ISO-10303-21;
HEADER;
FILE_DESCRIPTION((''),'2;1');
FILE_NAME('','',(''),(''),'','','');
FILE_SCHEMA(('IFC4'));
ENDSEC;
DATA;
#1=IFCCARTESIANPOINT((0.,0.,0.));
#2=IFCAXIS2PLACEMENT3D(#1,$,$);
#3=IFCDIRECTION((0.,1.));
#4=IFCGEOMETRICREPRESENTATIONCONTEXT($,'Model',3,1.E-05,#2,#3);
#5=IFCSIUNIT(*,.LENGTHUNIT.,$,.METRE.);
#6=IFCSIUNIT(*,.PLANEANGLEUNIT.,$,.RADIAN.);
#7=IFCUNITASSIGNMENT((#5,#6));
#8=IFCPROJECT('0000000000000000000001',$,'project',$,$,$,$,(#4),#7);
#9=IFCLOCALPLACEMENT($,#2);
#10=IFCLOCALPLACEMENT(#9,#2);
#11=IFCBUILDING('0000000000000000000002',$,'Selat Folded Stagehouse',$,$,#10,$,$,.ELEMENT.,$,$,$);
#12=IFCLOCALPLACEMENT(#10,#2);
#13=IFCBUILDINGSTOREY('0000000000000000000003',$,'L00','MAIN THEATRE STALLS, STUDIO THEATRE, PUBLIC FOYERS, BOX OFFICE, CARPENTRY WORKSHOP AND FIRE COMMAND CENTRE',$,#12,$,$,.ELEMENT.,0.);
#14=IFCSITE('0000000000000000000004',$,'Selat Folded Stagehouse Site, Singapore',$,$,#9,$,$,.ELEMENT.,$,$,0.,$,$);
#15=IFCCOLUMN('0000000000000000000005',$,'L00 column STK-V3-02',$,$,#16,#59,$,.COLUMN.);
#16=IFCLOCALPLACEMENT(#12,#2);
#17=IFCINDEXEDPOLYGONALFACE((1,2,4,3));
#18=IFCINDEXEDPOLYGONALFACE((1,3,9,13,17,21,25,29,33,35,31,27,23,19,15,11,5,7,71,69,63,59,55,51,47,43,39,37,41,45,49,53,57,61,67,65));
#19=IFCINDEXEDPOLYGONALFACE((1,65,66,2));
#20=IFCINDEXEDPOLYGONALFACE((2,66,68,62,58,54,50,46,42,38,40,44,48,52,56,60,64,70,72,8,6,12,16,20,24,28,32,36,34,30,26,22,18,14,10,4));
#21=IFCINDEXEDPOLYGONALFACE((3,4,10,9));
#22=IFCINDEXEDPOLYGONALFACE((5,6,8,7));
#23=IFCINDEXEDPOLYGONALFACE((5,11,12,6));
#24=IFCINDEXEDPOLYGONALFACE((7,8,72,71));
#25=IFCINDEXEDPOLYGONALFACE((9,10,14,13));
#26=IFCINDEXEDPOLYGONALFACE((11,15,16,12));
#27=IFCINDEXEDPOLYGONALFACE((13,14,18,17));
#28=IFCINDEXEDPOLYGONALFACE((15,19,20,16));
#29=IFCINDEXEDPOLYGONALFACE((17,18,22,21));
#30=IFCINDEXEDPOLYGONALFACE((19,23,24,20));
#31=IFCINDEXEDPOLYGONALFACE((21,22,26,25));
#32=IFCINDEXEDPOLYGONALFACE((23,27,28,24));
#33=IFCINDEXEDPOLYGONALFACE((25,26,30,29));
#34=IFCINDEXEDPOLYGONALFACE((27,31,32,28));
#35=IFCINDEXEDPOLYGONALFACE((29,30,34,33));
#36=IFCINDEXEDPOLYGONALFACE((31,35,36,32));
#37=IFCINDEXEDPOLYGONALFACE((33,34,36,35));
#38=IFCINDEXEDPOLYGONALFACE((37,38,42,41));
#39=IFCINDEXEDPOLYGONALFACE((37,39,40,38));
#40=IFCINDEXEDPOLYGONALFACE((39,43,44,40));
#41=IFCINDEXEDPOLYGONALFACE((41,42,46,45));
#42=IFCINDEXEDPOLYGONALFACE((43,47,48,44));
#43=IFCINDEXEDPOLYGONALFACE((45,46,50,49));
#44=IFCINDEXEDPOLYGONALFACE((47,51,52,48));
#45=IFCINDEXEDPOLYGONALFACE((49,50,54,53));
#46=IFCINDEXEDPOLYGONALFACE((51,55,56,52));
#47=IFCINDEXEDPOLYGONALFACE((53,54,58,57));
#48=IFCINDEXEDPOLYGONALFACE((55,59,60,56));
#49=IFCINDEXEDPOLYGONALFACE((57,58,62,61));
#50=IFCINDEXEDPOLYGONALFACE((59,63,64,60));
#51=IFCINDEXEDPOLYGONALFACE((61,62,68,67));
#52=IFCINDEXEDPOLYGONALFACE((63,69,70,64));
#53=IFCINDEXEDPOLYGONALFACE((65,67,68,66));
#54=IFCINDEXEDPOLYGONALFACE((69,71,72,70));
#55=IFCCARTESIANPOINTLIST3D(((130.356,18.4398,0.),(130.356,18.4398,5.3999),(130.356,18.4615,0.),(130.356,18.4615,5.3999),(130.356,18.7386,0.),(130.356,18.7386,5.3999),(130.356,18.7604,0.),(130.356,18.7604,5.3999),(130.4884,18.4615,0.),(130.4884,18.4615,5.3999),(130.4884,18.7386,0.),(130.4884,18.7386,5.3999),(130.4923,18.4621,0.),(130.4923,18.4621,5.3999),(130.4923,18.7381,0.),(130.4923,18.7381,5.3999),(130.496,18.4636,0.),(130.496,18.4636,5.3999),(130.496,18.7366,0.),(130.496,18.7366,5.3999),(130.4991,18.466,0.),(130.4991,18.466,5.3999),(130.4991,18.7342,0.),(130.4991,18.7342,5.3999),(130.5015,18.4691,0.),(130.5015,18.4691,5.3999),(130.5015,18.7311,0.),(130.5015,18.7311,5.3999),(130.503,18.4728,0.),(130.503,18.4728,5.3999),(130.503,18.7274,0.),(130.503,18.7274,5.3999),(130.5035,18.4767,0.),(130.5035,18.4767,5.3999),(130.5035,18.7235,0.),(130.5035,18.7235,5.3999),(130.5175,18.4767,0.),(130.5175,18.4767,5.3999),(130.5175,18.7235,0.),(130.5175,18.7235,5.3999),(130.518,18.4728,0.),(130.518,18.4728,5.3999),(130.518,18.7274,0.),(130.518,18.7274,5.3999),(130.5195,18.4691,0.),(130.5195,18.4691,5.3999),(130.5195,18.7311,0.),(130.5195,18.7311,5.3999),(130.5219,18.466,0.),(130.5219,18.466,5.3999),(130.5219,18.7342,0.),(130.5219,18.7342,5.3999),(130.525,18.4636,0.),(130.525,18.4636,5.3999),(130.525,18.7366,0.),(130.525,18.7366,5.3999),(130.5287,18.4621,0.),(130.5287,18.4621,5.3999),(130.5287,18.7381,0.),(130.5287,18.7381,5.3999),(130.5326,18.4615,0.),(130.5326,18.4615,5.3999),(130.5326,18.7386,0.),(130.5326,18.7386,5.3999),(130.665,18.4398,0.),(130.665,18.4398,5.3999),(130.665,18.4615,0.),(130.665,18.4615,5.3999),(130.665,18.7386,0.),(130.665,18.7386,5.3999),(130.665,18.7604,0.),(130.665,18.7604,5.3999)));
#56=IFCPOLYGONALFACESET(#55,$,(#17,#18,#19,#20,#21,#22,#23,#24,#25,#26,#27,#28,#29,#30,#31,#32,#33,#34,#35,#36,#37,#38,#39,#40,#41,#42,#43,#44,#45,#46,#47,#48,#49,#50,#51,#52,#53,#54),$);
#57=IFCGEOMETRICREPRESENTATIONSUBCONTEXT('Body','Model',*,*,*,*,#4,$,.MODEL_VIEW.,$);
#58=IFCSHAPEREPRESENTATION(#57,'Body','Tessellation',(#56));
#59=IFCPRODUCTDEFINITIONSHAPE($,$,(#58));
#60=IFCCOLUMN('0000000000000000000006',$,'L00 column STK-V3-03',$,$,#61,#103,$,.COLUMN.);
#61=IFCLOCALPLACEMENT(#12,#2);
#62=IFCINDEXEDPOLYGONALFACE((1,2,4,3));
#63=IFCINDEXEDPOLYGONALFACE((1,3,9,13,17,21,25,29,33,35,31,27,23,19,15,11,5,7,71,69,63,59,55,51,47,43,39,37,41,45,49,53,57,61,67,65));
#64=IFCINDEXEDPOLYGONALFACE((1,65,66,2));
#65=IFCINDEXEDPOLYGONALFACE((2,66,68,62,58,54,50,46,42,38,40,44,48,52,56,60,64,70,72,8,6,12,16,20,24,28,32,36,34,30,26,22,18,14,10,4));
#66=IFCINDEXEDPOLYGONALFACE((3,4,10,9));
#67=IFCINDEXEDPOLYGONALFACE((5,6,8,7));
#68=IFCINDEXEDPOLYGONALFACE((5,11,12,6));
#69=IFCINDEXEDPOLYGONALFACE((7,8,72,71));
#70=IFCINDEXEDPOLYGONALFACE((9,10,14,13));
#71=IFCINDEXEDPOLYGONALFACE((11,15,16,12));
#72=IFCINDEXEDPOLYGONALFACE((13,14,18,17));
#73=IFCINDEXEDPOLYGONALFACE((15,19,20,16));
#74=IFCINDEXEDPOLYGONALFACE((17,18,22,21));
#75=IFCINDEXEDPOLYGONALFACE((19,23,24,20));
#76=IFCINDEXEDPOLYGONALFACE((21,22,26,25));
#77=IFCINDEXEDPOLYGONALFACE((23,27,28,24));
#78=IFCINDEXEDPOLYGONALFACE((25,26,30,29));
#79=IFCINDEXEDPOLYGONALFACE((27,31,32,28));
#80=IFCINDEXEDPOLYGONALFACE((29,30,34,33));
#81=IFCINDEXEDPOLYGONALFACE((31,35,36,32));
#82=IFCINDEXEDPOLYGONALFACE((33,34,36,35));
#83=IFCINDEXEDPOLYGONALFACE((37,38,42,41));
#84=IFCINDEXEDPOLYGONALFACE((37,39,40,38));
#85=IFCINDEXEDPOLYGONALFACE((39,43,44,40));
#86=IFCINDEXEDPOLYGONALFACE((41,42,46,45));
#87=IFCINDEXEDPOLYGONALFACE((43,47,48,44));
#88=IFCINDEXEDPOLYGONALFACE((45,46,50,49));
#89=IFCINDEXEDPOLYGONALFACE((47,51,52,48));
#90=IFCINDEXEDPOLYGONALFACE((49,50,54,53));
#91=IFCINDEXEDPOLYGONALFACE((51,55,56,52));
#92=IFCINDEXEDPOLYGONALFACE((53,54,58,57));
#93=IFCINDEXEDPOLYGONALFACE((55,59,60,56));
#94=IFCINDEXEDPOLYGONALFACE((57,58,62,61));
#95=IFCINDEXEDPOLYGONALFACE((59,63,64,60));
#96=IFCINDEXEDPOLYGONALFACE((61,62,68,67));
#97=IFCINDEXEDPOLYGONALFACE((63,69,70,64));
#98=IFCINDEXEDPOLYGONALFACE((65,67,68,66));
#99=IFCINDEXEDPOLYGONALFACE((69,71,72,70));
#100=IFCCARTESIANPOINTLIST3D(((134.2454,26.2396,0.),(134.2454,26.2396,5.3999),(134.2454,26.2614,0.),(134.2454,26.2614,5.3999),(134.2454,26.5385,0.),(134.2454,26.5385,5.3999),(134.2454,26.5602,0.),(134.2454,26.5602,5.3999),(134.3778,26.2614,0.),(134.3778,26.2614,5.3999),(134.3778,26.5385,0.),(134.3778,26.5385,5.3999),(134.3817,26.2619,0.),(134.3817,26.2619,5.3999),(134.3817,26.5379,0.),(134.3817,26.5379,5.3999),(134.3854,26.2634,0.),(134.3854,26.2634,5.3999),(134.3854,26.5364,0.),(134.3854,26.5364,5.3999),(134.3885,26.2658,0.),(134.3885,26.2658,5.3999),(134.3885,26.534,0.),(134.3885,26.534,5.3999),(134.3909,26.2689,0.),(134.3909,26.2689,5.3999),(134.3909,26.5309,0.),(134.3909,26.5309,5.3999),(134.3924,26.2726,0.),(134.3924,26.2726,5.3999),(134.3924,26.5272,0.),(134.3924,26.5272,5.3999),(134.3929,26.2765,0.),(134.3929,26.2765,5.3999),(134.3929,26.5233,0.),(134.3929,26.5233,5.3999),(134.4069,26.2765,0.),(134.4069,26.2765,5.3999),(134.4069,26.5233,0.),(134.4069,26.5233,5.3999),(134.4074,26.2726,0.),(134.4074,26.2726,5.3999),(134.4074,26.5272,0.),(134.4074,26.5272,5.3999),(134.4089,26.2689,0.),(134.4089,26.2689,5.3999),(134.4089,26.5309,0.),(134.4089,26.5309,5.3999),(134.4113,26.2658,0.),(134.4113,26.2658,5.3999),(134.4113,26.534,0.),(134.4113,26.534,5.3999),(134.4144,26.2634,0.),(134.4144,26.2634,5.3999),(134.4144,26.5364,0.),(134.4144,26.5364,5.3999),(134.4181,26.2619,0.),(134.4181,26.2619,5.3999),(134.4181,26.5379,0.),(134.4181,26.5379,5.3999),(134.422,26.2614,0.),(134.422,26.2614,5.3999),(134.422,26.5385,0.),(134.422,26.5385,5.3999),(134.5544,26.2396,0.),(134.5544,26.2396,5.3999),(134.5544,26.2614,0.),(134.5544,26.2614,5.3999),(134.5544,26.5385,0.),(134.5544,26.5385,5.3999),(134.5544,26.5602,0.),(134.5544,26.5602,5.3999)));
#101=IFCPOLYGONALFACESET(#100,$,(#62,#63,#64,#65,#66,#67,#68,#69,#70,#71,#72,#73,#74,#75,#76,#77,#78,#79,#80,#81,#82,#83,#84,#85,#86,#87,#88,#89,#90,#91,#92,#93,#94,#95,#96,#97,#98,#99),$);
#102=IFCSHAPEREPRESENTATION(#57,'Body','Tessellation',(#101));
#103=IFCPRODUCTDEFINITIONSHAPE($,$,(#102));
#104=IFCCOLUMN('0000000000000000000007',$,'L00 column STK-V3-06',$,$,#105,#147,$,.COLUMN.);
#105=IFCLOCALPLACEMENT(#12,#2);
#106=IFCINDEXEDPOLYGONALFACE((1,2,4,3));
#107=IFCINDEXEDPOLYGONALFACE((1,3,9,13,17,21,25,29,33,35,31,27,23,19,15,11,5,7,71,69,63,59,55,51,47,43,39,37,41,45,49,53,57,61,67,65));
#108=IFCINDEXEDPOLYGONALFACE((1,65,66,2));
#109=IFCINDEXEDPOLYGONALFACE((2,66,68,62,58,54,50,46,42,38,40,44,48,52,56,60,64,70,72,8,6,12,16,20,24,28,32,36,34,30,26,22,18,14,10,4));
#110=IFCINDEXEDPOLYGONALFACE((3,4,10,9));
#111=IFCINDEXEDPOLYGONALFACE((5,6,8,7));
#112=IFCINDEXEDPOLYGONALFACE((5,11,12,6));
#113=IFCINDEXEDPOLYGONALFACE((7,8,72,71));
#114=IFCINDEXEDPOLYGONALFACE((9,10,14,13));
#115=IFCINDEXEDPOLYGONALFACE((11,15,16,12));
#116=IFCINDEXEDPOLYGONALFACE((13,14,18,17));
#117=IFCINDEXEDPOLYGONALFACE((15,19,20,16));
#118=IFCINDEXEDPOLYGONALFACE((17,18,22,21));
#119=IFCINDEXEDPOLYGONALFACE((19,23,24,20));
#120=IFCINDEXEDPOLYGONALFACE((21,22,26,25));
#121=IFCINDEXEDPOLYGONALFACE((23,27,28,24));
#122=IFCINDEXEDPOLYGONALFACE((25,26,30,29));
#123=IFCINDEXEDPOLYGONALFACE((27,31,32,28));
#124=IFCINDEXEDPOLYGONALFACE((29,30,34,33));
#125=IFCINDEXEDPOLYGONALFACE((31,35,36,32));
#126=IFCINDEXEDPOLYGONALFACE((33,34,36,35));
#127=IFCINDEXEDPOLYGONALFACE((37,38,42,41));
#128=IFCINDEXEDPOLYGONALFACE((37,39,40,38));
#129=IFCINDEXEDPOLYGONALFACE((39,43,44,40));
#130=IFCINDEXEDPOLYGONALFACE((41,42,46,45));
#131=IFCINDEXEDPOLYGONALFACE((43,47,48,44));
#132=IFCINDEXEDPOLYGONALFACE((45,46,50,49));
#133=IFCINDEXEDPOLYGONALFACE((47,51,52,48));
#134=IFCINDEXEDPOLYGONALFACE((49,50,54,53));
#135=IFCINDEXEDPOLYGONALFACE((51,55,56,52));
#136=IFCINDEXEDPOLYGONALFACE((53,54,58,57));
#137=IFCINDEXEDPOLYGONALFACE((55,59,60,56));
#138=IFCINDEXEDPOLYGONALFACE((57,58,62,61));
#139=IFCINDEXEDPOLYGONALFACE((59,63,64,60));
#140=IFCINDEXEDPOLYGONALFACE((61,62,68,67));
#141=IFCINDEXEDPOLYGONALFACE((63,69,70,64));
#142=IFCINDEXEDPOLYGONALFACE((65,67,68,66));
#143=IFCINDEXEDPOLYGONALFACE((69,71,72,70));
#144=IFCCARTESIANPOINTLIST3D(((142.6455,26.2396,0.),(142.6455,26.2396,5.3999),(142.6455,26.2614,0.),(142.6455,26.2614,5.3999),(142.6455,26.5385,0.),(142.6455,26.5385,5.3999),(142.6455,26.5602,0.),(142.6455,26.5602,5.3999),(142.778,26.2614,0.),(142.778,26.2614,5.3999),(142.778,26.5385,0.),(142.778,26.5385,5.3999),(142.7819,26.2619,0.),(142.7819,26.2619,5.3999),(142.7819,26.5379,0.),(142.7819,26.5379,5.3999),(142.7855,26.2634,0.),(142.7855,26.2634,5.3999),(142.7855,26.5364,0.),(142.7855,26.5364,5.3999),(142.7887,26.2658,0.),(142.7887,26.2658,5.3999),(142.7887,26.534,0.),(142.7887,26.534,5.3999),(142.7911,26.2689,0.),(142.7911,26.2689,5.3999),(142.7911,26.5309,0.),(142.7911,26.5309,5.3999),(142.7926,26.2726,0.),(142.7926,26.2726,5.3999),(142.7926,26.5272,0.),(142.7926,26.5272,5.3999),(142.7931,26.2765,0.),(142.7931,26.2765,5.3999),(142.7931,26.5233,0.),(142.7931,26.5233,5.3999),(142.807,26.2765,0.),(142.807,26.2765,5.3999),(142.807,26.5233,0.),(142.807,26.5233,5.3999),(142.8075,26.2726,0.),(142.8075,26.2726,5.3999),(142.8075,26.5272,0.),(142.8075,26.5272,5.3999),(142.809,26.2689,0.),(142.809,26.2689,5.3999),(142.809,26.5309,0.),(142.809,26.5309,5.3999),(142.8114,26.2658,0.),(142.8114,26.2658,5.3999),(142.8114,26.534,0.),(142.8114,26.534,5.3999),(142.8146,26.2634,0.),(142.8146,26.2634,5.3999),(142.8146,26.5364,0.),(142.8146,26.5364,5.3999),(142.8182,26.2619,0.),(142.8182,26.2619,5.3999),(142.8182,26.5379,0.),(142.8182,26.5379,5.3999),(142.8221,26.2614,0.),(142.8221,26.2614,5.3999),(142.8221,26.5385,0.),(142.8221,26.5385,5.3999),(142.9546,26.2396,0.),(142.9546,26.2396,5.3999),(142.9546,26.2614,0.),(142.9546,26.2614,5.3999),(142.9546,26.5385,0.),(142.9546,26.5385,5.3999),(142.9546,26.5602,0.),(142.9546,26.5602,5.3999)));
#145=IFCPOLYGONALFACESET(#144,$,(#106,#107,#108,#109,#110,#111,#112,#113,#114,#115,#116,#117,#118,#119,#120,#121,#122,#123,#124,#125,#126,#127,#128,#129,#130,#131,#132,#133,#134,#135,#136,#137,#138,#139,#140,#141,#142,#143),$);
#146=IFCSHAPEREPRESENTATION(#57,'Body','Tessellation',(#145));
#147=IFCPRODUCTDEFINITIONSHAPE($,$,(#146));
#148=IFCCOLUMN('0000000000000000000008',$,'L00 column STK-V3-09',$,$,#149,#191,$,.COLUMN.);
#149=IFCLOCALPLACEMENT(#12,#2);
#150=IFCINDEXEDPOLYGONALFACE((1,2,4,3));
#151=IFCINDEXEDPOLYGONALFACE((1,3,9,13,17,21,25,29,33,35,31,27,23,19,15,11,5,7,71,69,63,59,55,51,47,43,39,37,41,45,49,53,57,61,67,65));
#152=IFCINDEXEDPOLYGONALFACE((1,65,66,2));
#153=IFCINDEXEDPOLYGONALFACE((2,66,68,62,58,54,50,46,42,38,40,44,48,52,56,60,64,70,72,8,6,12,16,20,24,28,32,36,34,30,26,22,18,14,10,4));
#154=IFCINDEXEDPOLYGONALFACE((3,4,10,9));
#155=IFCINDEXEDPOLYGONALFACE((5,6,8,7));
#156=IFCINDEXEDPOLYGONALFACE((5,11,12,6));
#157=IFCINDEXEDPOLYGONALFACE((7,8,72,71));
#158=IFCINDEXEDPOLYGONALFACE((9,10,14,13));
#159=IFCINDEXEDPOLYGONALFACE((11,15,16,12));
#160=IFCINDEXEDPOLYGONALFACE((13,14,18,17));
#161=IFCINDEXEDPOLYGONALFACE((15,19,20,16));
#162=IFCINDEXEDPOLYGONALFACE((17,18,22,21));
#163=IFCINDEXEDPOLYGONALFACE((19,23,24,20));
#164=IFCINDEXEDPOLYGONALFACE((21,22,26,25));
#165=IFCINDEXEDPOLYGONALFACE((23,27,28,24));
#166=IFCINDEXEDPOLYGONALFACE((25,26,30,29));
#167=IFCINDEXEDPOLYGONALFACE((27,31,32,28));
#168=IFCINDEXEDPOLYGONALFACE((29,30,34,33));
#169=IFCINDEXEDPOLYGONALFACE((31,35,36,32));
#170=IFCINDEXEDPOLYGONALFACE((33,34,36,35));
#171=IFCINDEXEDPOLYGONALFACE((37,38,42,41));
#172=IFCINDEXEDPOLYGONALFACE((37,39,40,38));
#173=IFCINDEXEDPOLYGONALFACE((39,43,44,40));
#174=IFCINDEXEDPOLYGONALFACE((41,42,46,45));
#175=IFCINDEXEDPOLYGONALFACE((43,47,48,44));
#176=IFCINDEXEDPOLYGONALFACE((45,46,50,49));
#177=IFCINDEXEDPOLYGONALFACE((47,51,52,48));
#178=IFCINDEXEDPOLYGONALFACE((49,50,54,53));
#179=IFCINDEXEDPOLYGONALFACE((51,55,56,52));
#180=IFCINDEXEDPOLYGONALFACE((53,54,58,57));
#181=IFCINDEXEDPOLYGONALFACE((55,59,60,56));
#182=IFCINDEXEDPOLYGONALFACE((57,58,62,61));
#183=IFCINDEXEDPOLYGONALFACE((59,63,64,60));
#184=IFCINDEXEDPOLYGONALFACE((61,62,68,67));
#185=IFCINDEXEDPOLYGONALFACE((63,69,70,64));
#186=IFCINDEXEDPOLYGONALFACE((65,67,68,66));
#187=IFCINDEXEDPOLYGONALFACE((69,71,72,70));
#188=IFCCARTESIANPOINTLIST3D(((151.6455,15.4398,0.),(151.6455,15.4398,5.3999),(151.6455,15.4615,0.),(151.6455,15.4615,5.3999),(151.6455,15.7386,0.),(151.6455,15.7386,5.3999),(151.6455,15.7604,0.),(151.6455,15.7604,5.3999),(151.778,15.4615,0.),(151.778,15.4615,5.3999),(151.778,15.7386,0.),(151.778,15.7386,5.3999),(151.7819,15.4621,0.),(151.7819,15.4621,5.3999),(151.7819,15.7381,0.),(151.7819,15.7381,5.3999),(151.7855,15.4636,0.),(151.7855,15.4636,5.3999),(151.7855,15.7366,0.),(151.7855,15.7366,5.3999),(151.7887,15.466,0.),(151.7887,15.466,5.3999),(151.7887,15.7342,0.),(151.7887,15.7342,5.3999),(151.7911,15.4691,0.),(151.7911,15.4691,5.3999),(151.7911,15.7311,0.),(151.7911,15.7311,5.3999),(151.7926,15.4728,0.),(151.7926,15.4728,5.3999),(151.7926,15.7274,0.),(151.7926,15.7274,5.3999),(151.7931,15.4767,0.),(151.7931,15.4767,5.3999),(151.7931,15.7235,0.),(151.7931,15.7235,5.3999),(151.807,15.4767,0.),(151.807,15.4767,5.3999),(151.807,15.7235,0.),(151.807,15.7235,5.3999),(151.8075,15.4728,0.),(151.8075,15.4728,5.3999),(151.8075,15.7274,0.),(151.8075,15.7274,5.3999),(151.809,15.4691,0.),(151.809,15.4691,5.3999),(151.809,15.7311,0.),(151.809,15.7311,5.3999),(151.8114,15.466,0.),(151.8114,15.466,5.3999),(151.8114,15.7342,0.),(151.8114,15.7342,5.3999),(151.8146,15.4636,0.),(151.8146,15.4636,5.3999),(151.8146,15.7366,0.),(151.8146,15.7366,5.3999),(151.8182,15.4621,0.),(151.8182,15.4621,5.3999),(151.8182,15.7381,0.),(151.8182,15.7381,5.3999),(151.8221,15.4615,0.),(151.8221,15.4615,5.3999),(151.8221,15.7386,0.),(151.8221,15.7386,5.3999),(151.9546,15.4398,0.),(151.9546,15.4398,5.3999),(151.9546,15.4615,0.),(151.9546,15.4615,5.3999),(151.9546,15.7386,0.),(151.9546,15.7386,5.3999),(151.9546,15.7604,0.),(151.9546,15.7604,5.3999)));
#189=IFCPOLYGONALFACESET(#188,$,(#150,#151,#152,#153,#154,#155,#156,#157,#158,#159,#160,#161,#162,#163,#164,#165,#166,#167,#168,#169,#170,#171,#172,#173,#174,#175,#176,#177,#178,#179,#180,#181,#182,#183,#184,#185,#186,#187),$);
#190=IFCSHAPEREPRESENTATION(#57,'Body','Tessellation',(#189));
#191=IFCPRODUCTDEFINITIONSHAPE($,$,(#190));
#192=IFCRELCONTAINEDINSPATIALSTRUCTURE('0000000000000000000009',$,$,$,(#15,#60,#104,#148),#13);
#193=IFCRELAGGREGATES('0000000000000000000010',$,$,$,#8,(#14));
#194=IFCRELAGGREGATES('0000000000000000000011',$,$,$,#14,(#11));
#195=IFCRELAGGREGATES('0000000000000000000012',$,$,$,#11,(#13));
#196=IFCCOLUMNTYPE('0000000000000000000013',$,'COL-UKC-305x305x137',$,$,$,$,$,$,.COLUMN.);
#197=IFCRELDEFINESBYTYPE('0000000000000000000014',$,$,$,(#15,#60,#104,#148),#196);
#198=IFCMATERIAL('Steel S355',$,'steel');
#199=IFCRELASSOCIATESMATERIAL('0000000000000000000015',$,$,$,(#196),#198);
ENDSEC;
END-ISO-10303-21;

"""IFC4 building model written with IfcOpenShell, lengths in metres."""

from ifc_helpers import new_model, si_unit, direction, frame, origin, origin_2d, place, context, subcontext, project, spatial, i_section, extrude, material, material_profile, profile_set, type_object, element, save


model = new_model("IFC4")

# Units and contexts
model_context = context("Model", 3, precision=1e-05, world=origin(), true_north=direction((0.0, 1.0)))
body_context = subcontext(model_context, "Body", "Model", "MODEL_VIEW")
ifc_project = project(units=[si_unit("LENGTHUNIT", "METRE"), si_unit("PLANEANGLEUNIT", "RADIAN")], contexts=[model_context])

# Site, building, storey
site_placement = place(None, origin())
site = spatial("IfcSite", under=ifc_project, at=site_placement, Name="Selat Folded Stagehouse Site, Singapore", CompositionType="ELEMENT", RefElevation=0.0)
building_placement = place(site_placement, origin())
building = spatial("IfcBuilding", under=site, at=building_placement, Name="Selat Folded Stagehouse", CompositionType="ELEMENT")
storey_placement = place(building_placement, origin())
storey = spatial("IfcBuildingStorey", under=building, at=storey_placement, Name="L00", Description="MAIN THEATRE STALLS, STUDIO THEATRE, PUBLIC FOYERS, BOX OFFICE, CARPENTRY WORKSHOP AND FIRE COMMAND CENTRE", CompositionType="ELEMENT", Elevation=0.0)

# Columns
ifc_material_1 = material(Name="Steel S355", Category="steel")
ifc_material_profile_1 = material_profile(ifc_material_1, i_section(OverallWidth=0.3091, OverallDepth=0.3206, WebThickness=0.0139, FlangeThickness=0.0217, FilletRadius=0.0151, at=origin_2d()), Name="UKC 305x305x137")
ifc_profile_set_1 = profile_set([ifc_material_profile_1], Name="Steel S355")
column_type_1 = type_object("IfcColumnType", Name="COL-UKC-305x305x137", PredefinedType="COLUMN", material=ifc_profile_set_1)
for number, where, z_axis, x_axis, name in (
    (1, (130.5105, 18.6001, 0.0), (0.0, 0.0, 1.0), (1.0, 0.0, 0.0), "L00 column STK-V3-02"),
    (2, (134.3999, 26.3999, 0.0), (0.0, 0.0, 1.0), (1.0, 0.0, 0.0), "L00 column STK-V3-03"),
    (3, (142.8, 26.3999, 0.0), (0.0, 0.0, 1.0), (1.0, 0.0, 0.0), "L00 column STK-V3-06"),
    (4, (151.8, 15.6001, 0.0), (0.0, 0.0, 1.0), (1.0, 0.0, 0.0), "L00 column STK-V3-09"),
):
    element("IfcColumn", number, at=place(storey_placement, frame(where, z_axis=z_axis, x_axis=x_axis)), inside=storey, type_object=column_type_1, Name=name, PredefinedType="COLUMN", context=body_context, shape_type="SweptSolid", body=[
        extrude(i_section(OverallWidth=0.3091, OverallDepth=0.3206, WebThickness=0.0139, FlangeThickness=0.0217, FilletRadius=0.0151, at=origin_2d()), origin(), (0.0, 0.0, 1.0), 5.3999),
    ])

save(model, "model.ifc")
